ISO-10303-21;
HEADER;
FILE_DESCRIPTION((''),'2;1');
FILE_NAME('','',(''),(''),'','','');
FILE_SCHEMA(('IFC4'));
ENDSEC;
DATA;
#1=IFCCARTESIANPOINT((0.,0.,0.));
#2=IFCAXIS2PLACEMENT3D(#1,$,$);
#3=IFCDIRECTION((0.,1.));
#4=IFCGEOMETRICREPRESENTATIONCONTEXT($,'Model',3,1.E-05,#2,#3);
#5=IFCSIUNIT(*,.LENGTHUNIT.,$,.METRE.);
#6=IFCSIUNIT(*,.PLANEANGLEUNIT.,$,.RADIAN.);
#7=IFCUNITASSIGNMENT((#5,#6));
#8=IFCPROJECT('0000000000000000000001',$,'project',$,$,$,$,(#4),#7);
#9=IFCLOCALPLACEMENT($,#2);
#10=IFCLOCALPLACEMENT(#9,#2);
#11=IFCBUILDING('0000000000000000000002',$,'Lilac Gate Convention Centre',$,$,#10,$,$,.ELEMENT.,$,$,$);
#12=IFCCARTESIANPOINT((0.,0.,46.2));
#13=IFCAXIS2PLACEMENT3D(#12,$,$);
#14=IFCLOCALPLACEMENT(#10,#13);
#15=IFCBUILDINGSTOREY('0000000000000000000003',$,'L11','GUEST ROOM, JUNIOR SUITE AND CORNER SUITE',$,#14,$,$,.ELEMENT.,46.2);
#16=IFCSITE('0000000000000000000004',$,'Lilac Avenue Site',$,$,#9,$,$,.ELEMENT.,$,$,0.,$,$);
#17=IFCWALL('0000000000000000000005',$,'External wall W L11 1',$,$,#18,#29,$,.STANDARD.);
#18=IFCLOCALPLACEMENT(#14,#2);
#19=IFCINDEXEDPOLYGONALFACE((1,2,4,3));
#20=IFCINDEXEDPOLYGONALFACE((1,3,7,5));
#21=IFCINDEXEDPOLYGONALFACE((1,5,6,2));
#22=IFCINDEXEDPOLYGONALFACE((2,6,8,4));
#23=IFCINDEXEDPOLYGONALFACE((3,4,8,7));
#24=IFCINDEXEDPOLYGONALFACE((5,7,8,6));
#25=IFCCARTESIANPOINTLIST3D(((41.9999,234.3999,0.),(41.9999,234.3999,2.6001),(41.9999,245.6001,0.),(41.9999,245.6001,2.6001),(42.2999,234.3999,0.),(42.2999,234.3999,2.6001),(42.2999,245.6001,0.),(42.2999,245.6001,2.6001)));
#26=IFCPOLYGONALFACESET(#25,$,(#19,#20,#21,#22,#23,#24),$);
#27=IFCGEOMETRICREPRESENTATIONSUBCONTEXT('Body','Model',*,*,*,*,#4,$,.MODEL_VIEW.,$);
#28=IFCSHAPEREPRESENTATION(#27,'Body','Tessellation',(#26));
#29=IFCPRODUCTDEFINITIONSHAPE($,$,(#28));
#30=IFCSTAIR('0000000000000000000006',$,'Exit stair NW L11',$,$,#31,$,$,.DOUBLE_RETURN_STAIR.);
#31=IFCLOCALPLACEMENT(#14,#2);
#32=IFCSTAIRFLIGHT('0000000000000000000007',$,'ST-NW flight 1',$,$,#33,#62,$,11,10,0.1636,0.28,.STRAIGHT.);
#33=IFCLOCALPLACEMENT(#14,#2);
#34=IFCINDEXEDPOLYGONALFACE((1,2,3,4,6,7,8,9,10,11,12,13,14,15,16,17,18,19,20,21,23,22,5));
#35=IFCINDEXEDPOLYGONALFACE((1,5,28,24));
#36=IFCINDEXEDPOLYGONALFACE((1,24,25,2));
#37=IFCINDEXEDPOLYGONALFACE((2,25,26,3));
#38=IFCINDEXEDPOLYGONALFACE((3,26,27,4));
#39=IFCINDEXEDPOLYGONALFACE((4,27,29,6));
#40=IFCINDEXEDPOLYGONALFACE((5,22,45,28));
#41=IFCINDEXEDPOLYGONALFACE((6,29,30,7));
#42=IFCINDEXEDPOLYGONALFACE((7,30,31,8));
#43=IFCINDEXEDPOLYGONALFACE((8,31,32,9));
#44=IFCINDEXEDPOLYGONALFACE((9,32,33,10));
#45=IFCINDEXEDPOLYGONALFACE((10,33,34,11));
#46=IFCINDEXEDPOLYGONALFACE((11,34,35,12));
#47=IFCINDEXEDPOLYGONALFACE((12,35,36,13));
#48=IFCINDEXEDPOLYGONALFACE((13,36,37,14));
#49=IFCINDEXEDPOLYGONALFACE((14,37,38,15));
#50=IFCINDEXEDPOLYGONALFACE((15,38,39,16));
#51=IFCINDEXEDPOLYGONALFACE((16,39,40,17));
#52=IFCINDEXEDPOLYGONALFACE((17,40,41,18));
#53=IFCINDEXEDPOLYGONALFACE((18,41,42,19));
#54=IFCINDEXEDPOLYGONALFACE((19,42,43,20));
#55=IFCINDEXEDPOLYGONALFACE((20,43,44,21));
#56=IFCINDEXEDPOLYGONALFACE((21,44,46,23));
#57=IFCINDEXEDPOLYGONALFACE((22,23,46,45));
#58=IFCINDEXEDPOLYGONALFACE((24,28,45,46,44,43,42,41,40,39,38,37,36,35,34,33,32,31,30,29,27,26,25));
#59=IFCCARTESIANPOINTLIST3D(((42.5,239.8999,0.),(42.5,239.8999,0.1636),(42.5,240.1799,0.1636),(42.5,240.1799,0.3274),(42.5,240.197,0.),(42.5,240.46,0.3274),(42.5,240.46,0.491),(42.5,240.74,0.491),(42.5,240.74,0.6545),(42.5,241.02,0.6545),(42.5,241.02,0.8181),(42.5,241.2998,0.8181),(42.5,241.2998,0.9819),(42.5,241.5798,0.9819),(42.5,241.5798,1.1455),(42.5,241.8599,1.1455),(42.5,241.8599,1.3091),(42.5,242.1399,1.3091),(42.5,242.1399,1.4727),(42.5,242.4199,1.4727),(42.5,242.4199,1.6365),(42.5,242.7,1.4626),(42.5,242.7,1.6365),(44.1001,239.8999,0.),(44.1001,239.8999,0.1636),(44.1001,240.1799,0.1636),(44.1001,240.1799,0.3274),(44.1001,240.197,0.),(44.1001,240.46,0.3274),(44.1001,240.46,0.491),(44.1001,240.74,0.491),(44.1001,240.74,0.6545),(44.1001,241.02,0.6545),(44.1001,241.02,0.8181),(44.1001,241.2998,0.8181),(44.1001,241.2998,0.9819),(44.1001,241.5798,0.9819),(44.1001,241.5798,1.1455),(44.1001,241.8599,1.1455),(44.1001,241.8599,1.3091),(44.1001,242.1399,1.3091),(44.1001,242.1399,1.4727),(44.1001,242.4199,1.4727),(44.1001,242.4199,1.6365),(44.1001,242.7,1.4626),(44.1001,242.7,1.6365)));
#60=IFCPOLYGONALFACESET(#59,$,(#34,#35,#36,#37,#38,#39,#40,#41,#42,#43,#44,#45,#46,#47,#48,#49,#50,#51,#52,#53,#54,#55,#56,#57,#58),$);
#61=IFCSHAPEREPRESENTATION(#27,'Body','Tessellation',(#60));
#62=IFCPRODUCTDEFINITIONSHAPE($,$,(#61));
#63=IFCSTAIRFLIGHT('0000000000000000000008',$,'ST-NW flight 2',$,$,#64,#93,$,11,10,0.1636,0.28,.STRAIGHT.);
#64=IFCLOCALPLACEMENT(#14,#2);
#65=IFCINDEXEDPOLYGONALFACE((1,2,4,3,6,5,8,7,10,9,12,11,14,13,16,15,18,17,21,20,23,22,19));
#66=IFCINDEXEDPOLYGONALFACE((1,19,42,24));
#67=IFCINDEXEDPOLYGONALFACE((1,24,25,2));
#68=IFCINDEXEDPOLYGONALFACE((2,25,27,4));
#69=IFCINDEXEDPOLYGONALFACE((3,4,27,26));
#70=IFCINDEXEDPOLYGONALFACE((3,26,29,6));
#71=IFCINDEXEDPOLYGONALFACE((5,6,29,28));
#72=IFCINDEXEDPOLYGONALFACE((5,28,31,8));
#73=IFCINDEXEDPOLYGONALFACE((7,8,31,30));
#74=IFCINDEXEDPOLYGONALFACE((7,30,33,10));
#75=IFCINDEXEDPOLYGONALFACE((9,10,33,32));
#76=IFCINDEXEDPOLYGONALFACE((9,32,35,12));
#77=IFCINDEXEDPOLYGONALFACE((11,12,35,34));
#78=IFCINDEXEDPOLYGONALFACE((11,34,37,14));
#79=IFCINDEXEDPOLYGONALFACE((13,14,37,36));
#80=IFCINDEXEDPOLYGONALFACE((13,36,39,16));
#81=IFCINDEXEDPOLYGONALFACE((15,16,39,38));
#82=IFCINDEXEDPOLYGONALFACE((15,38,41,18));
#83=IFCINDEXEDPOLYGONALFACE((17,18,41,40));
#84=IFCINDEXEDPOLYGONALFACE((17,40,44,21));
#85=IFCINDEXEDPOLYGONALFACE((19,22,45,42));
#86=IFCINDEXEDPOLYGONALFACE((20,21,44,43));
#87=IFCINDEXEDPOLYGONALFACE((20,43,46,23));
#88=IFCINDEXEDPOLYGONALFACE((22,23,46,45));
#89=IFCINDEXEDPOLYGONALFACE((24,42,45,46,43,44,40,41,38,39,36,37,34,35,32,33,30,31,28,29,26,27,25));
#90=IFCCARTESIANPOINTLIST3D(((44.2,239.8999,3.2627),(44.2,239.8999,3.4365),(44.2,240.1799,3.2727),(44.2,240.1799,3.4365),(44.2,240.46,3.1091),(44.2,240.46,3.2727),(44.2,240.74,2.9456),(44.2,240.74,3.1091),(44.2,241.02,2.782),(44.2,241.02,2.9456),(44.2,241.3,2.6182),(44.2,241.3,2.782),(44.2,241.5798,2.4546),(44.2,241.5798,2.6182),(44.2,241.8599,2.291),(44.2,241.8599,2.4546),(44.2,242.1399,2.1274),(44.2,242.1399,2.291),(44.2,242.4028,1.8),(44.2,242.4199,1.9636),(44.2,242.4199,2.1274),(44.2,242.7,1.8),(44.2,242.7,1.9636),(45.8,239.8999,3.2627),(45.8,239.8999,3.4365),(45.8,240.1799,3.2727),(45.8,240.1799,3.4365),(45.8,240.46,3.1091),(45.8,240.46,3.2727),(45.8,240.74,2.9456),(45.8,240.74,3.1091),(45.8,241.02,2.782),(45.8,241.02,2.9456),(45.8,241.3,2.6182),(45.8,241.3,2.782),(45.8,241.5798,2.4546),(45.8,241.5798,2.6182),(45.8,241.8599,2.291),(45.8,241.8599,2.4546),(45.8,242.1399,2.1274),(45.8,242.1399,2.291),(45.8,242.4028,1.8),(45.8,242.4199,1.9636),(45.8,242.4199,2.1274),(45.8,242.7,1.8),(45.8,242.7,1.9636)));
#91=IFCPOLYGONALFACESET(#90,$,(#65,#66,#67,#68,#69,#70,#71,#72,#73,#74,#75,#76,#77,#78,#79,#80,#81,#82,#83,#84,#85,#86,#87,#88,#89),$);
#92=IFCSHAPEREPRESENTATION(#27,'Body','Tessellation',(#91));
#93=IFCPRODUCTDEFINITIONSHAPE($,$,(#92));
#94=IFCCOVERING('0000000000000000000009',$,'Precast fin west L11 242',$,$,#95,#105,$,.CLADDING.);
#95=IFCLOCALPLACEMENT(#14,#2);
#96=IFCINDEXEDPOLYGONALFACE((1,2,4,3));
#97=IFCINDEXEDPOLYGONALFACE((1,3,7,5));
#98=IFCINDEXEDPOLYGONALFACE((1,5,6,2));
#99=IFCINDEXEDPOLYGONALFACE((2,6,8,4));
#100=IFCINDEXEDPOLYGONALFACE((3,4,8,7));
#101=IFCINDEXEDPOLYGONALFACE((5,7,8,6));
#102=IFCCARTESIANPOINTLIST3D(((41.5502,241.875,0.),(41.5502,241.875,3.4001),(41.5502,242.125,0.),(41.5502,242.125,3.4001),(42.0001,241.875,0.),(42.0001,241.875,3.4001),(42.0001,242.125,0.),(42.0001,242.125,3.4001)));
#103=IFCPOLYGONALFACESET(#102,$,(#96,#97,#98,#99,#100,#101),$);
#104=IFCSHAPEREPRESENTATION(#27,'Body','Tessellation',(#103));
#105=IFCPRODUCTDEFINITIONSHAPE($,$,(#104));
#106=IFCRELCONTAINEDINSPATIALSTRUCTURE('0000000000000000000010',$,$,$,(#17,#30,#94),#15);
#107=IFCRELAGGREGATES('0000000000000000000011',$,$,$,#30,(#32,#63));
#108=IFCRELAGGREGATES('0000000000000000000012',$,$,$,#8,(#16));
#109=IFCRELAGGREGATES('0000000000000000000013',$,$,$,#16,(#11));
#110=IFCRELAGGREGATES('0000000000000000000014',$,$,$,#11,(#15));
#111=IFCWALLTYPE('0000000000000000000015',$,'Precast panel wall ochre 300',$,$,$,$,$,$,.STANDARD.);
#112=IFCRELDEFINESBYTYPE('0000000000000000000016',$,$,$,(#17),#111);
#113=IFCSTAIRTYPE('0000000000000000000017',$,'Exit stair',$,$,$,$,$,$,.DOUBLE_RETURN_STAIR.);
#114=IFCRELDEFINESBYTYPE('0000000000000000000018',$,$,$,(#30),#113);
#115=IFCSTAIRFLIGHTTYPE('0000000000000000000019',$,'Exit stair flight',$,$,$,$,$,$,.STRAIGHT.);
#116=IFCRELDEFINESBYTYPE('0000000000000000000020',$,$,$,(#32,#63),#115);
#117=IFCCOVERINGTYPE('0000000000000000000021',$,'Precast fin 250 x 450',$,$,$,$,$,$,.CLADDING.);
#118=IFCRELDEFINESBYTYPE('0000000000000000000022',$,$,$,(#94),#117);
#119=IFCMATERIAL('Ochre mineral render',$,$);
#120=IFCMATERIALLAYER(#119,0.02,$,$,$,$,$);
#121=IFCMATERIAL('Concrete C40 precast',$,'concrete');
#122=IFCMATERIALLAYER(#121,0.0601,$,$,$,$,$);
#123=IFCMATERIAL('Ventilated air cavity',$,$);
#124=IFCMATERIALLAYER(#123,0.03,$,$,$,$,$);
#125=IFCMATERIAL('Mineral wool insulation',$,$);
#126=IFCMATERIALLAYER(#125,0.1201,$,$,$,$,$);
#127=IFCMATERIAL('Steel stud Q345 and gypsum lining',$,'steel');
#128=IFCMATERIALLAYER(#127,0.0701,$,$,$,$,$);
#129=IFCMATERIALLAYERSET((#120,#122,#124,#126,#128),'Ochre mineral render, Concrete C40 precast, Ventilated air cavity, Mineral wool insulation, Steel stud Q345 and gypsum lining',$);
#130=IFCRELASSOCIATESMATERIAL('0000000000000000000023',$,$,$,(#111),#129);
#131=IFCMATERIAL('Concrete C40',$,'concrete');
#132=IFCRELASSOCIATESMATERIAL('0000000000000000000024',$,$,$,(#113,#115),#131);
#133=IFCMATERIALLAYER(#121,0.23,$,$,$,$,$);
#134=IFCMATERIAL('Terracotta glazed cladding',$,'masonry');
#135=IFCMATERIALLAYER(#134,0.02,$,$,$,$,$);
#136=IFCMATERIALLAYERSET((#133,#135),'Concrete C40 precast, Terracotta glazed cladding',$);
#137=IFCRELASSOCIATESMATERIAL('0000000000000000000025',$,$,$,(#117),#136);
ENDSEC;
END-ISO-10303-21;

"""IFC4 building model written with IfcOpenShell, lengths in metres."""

from ifc_helpers import new_model, si_unit, direction, frame, frame_2d, origin, place, context, subcontext, project, spatial, polyline, rectangle, outline, extrude, material, layer, layer_set, type_object, element, aggregate, save


model = new_model("IFC4")

# Units and contexts
model_context = context("Model", 3, precision=1e-05, world=origin(), true_north=direction((0.0, 1.0)))
body_context = subcontext(model_context, "Body", "Model", "MODEL_VIEW")
ifc_project = project(units=[si_unit("LENGTHUNIT", "METRE"), si_unit("PLANEANGLEUNIT", "RADIAN")], contexts=[model_context])

# Site, building, storey
site_placement = place(None, origin())
site = spatial("IfcSite", under=ifc_project, at=site_placement, Name="Lilac Avenue Site", CompositionType="ELEMENT", RefElevation=0.0)
building_placement = place(site_placement, origin())
building = spatial("IfcBuilding", under=site, at=building_placement, Name="Lilac Gate Convention Centre", CompositionType="ELEMENT")
storey_placement = place(building_placement, frame((0.0, 0.0, 46.2)))
storey = spatial("IfcBuildingStorey", under=building, at=storey_placement, Name="L11", Description="GUEST ROOM, JUNIOR SUITE AND CORNER SUITE", CompositionType="ELEMENT", Elevation=46.2)

# Shared definitions
ifc_material_1 = material(Name="Concrete C40", Category="concrete")

# Wall
ifc_material_2 = material(Name="Concrete C40 precast", Category="concrete")
ifc_material_3 = material(Name="Ochre mineral render")
ifc_layer_1 = layer(ifc_material_3, 0.02)
ifc_layer_2 = layer(ifc_material_2, 0.0601)
ifc_material_4 = material(Name="Ventilated air cavity")
ifc_layer_3 = layer(ifc_material_4, 0.03)
ifc_material_5 = material(Name="Mineral wool insulation")
ifc_layer_4 = layer(ifc_material_5, 0.1201)
ifc_material_6 = material(Name="Steel stud Q345 and gypsum lining", Category="steel")
ifc_layer_5 = layer(ifc_material_6, 0.0701)
ifc_layer_set_1 = layer_set([ifc_layer_1, ifc_layer_2, ifc_layer_3, ifc_layer_4, ifc_layer_5], Name="Ochre mineral render, Concrete C40 precast, Ventilated air cavity, Mineral wool insulation, Steel stud Q345 and gypsum lining")
wall_type_1 = type_object("IfcWallType", Name="Precast panel wall ochre 300", PredefinedType="STANDARD", material=ifc_layer_set_1)
wall_1_placement = place(storey_placement, frame((42.1499, 245.6001, 0.0), z_axis=(0.0, 0.0, 1.0), x_axis=(0.0, -1.0, 0.0)))
element("IfcWall", 1, at=wall_1_placement, inside=storey, type_object=wall_type_1, Name="External wall W L11 1", PredefinedType="STANDARD", context=body_context, shape_type="SweptSolid", body=[
    extrude(rectangle(XDim=11.2002, YDim=0.3, at=frame_2d((5.6001, 0.0))), origin(), (0.0, 0.0, 1.0), 2.6001),
])

# Stair, stair flights
stair_type = type_object("IfcStairType", Name="Exit stair", PredefinedType="DOUBLE_RETURN_STAIR", material=ifc_material_1)
stair_placement = place(storey_placement, origin())
stair = element("IfcStair", 2, at=stair_placement, inside=storey, type_object=stair_type, Name="Exit stair NW L11", PredefinedType="DOUBLE_RETURN_STAIR")
stair_flight_type = type_object("IfcStairFlightType", Name="Exit stair flight", PredefinedType="STRAIGHT", material=ifc_material_1)
stair_flight_1_placement = place(storey_placement, frame((43.3, 239.8999, 0.0), z_axis=(0.0, 0.0, 1.0), x_axis=(0.0, 1.0, 0.0)))
stair_flight_1 = element("IfcStairFlight", 3, at=stair_flight_1_placement, type_object=stair_flight_type, Name="ST-NW flight 1", NumberOfRisers=11, NumberOfTreads=10, PredefinedType="STRAIGHT", RiserHeight=0.1636, TreadLength=0.28, context=body_context, shape_type="SweptSolid", body=[
    extrude(outline(polyline([(0.0, 0.0), (0.0, 0.1636), (0.28, 0.1636), (0.28, 0.3274), (0.5601, 0.3274), (0.5601, 0.491), (0.8401, 0.491), (0.8401, 0.6545), (1.1201, 0.6545), (1.1201, 0.8181), (1.3999, 0.8181), (1.3999, 0.9819), (1.6799, 0.9819), (1.6799, 1.1455), (1.96, 1.1455), (1.96, 1.3091), (2.24, 1.3091), (2.24, 1.4727), (2.52, 1.4727), (2.52, 1.6365), (2.8, 1.6365), (2.8, 1.8), (2.8, 1.4626), (0.2971, 0.0), (0.0, 0.0)])), frame((0.0, 0.8, 0.0), z_axis=(0.0, -1.0, 0.0), x_axis=(1.0, 0.0, 0.0)), (0.0, 0.0, 1.0), 1.6001),
])
stair_flight_2_placement = place(storey_placement, frame((45.0, 242.7, 1.8), z_axis=(0.0, 0.0, 1.0), x_axis=(0.0, -1.0, 0.0)))
stair_flight_2 = element("IfcStairFlight", 4, at=stair_flight_2_placement, type_object=stair_flight_type, Name="ST-NW flight 2", NumberOfRisers=11, NumberOfTreads=10, PredefinedType="STRAIGHT", RiserHeight=0.1636, TreadLength=0.28, context=body_context, shape_type="SweptSolid", body=[
    extrude(outline(polyline([(0.0, 0.0), (0.0, 0.1636), (0.28, 0.1636), (0.28, 0.3274), (0.5601, 0.3274), (0.5601, 0.491), (0.8401, 0.491), (0.8401, 0.6545), (1.1201, 0.6545), (1.1201, 0.8181), (1.3999, 0.8181), (1.3999, 0.9819), (1.6799, 0.9819), (1.6799, 1.1455), (1.96, 1.1455), (1.96, 1.3091), (2.24, 1.3091), (2.24, 1.4727), (2.52, 1.4727), (2.52, 1.6365), (2.8, 1.6365), (2.8, 1.8), (2.8, 1.4626), (0.2971, 0.0), (0.0, 0.0)])), frame((0.0, 0.8, 0.0), z_axis=(0.0, -1.0, 0.0), x_axis=(1.0, 0.0, 0.0)), (0.0, 0.0, 1.0), 1.6001),
])
aggregate(stair, [stair_flight_1, stair_flight_2])

# Covering
ifc_layer_6 = layer(ifc_material_2, 0.23)
ifc_material_7 = material(Name="Terracotta glazed cladding", Category="masonry")
ifc_layer_7 = layer(ifc_material_7, 0.02)
ifc_layer_set_2 = layer_set([ifc_layer_6, ifc_layer_7], Name="Concrete C40 precast, Terracotta glazed cladding")
covering_type = type_object("IfcCoveringType", Name="Precast fin 250 x 450", PredefinedType="CLADDING", material=ifc_layer_set_2)
covering_placement = place(storey_placement, frame((41.55, 242.0, 0.0), z_axis=(0.0, 0.0, 1.0), x_axis=(1.0, 0.0, 0.0)))
element("IfcCovering", 5, at=covering_placement, inside=storey, type_object=covering_type, Name="Precast fin west L11 242", PredefinedType="CLADDING", context=body_context, shape_type="SweptSolid", body=[
    extrude(rectangle(XDim=0.45, YDim=0.25, at=frame_2d((0.2251, 0.0))), origin(), (0.0, 0.0, 1.0), 3.4001),
])

save(model, "model.ifc")
